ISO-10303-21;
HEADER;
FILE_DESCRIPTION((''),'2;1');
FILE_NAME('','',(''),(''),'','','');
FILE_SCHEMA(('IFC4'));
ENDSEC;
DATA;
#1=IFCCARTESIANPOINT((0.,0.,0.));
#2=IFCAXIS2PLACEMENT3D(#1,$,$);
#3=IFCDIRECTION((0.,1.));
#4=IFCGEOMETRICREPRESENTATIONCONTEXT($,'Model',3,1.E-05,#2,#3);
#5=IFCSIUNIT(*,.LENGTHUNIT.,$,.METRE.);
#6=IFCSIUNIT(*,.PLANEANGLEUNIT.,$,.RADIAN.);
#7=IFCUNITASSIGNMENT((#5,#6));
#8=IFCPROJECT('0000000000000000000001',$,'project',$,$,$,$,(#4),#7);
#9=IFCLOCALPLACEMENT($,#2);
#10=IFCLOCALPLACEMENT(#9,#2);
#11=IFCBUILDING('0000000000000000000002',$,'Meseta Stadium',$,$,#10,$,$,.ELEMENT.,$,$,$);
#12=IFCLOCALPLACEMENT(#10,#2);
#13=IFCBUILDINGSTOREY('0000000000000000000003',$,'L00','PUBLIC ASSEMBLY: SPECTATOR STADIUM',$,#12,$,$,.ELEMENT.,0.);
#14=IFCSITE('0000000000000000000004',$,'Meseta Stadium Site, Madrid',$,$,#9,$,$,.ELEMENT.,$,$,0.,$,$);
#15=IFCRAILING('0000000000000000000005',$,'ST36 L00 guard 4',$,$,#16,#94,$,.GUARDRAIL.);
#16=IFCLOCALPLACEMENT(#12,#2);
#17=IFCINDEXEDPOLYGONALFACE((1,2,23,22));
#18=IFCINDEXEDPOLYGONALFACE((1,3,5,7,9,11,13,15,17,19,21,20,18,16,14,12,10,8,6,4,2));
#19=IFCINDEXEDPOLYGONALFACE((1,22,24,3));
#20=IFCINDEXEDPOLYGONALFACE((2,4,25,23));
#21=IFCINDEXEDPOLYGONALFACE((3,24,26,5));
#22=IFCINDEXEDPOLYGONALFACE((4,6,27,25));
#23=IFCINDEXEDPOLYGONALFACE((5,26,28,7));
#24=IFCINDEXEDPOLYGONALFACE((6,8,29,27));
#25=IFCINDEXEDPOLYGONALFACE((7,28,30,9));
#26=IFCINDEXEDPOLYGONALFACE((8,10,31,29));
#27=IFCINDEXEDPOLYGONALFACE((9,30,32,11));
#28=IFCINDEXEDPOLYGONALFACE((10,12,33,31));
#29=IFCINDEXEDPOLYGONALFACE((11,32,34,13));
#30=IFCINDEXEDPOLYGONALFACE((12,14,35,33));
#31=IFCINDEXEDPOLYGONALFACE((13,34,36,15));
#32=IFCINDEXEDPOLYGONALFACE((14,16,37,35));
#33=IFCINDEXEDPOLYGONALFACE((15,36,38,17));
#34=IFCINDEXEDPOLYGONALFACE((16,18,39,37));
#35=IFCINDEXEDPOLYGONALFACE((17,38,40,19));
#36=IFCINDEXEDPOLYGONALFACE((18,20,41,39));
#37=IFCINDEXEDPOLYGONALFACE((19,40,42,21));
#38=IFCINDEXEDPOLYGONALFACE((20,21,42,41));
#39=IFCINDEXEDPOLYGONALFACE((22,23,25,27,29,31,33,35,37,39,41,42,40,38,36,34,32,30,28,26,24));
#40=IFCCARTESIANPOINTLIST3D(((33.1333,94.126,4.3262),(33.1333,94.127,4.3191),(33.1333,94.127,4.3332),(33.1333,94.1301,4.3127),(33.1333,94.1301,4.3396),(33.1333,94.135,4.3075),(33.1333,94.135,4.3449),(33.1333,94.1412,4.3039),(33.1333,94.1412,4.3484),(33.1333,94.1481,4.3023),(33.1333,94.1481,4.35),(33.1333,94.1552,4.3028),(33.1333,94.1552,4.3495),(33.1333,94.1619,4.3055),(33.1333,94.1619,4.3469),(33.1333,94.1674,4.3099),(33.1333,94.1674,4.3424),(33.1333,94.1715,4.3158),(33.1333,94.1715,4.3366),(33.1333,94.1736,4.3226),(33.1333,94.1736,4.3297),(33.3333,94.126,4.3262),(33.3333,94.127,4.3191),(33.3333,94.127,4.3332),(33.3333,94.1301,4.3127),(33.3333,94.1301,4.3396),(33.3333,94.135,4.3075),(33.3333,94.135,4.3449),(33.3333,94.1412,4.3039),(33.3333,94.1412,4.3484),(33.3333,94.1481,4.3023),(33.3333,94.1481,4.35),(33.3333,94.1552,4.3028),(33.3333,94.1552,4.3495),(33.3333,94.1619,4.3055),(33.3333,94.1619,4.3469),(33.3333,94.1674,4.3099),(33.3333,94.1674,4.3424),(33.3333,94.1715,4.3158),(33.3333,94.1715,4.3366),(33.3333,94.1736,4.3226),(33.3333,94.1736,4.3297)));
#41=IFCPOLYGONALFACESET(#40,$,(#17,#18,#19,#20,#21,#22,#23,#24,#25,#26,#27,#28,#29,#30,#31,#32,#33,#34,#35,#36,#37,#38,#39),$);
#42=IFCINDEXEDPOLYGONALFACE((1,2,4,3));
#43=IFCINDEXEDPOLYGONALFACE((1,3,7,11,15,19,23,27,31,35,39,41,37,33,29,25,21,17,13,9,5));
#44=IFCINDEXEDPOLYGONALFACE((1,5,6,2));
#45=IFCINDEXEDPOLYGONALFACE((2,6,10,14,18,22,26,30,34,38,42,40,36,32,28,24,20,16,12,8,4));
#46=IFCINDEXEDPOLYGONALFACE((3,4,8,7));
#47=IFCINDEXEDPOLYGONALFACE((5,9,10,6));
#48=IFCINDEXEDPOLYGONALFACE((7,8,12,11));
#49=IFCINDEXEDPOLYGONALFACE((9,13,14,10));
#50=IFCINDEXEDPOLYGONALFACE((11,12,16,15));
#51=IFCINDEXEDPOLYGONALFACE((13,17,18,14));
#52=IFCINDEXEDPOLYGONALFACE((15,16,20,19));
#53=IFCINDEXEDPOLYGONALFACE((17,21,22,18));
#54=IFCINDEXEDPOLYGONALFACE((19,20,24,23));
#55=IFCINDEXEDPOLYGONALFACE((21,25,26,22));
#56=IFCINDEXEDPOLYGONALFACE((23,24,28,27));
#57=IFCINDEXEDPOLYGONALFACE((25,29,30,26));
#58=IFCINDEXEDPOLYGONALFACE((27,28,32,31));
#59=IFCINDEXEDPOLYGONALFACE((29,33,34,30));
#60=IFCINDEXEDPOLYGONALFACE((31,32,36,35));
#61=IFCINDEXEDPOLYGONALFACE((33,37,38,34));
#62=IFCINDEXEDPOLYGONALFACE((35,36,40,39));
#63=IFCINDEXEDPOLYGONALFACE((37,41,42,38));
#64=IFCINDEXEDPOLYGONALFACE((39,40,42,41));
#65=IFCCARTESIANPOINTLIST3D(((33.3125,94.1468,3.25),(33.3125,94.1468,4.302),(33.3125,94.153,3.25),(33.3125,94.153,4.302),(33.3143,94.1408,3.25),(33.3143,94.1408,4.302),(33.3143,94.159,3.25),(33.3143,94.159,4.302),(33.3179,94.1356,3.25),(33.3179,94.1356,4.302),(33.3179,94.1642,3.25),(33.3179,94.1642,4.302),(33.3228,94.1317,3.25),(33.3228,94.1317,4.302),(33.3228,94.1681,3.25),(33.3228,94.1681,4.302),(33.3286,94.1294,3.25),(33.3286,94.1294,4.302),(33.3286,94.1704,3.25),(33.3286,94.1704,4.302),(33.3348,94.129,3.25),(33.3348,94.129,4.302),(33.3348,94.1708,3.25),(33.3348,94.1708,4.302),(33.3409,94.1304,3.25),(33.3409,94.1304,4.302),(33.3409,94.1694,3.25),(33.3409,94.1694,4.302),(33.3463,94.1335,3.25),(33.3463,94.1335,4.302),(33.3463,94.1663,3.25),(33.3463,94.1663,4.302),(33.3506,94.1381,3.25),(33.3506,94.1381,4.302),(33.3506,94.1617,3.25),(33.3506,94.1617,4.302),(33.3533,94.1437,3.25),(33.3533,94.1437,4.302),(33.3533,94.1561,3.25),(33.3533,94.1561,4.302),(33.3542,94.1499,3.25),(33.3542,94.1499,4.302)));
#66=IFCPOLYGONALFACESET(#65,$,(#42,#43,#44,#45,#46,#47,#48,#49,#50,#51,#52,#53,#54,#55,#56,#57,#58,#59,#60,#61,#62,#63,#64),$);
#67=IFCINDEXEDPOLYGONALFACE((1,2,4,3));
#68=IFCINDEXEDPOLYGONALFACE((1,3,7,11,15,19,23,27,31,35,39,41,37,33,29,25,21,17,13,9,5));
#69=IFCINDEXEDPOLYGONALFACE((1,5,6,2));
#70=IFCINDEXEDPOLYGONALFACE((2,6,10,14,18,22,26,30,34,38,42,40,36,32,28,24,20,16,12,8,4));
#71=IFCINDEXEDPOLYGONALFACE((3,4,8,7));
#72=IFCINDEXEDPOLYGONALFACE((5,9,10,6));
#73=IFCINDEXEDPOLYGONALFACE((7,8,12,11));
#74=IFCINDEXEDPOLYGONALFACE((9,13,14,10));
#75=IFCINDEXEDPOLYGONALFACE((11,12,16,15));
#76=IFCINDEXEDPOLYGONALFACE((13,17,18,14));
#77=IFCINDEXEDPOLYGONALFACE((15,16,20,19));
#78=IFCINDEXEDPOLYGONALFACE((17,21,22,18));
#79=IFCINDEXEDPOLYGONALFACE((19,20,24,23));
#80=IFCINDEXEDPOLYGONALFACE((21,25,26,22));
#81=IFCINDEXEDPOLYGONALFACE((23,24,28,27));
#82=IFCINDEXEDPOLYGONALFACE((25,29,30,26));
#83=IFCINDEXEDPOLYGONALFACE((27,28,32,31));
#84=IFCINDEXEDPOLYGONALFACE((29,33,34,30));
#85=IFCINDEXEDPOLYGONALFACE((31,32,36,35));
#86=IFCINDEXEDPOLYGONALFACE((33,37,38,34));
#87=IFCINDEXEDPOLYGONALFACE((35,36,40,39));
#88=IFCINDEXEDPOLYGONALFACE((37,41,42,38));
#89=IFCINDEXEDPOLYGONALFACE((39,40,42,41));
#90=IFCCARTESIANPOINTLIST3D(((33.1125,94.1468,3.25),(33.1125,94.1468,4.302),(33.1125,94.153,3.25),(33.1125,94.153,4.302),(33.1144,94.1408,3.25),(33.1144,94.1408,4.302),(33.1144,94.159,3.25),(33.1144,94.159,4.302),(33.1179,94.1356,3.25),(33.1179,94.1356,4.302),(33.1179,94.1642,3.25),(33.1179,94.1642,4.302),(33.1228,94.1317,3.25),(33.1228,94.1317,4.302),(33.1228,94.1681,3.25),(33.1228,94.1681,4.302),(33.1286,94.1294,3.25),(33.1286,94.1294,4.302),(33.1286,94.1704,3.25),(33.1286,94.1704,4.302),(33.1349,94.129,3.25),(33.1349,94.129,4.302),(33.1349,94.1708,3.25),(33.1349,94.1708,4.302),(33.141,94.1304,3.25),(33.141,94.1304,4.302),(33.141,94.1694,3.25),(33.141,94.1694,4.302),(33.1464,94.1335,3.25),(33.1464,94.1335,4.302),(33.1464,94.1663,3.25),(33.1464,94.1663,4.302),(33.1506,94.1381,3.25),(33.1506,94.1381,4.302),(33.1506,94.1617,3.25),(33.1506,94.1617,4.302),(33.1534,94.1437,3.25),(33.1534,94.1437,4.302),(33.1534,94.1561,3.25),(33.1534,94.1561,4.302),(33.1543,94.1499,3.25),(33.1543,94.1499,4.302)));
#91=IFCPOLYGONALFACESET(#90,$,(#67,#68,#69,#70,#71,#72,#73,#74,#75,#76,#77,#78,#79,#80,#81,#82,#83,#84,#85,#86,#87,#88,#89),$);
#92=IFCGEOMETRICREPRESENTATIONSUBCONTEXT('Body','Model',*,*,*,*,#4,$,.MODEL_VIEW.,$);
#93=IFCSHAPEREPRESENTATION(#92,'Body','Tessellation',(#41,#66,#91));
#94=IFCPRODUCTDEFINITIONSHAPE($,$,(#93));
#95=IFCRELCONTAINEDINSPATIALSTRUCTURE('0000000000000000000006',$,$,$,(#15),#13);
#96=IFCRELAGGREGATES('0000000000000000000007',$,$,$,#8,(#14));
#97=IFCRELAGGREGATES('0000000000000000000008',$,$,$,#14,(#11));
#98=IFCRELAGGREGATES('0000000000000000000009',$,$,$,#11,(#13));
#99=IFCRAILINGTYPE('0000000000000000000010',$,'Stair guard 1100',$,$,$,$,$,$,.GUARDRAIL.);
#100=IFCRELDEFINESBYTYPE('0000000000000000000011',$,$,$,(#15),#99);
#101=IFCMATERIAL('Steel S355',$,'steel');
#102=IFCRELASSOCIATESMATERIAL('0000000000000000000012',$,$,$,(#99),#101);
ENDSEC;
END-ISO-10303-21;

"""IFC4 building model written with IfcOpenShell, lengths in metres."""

from ifc_helpers import new_model, si_unit, direction, frame, origin, origin_2d, place, context, subcontext, project, spatial, circle, extrude, material, type_object, element, save


model = new_model("IFC4")

# Units and contexts
model_context = context("Model", 3, precision=1e-05, world=origin(), true_north=direction((0.0, 1.0)))
body_context = subcontext(model_context, "Body", "Model", "MODEL_VIEW")
ifc_project = project(units=[si_unit("LENGTHUNIT", "METRE"), si_unit("PLANEANGLEUNIT", "RADIAN")], contexts=[model_context])

# Site, building, storey
site_placement = place(None, origin())
site = spatial("IfcSite", under=ifc_project, at=site_placement, Name="Meseta Stadium Site, Madrid", CompositionType="ELEMENT", RefElevation=0.0)
building_placement = place(site_placement, origin())
building = spatial("IfcBuilding", under=site, at=building_placement, Name="Meseta Stadium", CompositionType="ELEMENT")
storey_placement = place(building_placement, origin())
storey = spatial("IfcBuildingStorey", under=building, at=storey_placement, Name="L00", Description="PUBLIC ASSEMBLY: SPECTATOR STADIUM", CompositionType="ELEMENT", Elevation=0.0)

# Railing
ifc_material_1 = material(Name="Steel S355", Category="steel")
railing_type_1 = type_object("IfcRailingType", Name="Stair guard 1100", PredefinedType="GUARDRAIL", material=ifc_material_1)
railing_1_placement = place(storey_placement, frame((33.3333, 94.1499, 3.25)))
element("IfcRailing", 1, at=railing_1_placement, inside=storey, type_object=railing_type_1, Name="ST36 L00 guard 4", PredefinedType="GUARDRAIL", context=body_context, shape_type="SweptSolid", body=[
    extrude(circle(Radius=0.0239, at=origin_2d()), frame((0.0, 0.0, 1.0762), z_axis=(-1.0, 0.0, 0.0), x_axis=(0.0, -1.0, 0.0)), (0.0, 0.0, 1.0), 0.2),
    extrude(circle(Radius=0.021, at=origin_2d()), origin(), (0.0, 0.0, 1.0), 1.052),
    extrude(circle(Radius=0.021, at=origin_2d()), frame((-0.2, 0.0, 0.0)), (0.0, 0.0, 1.0), 1.052),
])

save(model, "model.ifc")
